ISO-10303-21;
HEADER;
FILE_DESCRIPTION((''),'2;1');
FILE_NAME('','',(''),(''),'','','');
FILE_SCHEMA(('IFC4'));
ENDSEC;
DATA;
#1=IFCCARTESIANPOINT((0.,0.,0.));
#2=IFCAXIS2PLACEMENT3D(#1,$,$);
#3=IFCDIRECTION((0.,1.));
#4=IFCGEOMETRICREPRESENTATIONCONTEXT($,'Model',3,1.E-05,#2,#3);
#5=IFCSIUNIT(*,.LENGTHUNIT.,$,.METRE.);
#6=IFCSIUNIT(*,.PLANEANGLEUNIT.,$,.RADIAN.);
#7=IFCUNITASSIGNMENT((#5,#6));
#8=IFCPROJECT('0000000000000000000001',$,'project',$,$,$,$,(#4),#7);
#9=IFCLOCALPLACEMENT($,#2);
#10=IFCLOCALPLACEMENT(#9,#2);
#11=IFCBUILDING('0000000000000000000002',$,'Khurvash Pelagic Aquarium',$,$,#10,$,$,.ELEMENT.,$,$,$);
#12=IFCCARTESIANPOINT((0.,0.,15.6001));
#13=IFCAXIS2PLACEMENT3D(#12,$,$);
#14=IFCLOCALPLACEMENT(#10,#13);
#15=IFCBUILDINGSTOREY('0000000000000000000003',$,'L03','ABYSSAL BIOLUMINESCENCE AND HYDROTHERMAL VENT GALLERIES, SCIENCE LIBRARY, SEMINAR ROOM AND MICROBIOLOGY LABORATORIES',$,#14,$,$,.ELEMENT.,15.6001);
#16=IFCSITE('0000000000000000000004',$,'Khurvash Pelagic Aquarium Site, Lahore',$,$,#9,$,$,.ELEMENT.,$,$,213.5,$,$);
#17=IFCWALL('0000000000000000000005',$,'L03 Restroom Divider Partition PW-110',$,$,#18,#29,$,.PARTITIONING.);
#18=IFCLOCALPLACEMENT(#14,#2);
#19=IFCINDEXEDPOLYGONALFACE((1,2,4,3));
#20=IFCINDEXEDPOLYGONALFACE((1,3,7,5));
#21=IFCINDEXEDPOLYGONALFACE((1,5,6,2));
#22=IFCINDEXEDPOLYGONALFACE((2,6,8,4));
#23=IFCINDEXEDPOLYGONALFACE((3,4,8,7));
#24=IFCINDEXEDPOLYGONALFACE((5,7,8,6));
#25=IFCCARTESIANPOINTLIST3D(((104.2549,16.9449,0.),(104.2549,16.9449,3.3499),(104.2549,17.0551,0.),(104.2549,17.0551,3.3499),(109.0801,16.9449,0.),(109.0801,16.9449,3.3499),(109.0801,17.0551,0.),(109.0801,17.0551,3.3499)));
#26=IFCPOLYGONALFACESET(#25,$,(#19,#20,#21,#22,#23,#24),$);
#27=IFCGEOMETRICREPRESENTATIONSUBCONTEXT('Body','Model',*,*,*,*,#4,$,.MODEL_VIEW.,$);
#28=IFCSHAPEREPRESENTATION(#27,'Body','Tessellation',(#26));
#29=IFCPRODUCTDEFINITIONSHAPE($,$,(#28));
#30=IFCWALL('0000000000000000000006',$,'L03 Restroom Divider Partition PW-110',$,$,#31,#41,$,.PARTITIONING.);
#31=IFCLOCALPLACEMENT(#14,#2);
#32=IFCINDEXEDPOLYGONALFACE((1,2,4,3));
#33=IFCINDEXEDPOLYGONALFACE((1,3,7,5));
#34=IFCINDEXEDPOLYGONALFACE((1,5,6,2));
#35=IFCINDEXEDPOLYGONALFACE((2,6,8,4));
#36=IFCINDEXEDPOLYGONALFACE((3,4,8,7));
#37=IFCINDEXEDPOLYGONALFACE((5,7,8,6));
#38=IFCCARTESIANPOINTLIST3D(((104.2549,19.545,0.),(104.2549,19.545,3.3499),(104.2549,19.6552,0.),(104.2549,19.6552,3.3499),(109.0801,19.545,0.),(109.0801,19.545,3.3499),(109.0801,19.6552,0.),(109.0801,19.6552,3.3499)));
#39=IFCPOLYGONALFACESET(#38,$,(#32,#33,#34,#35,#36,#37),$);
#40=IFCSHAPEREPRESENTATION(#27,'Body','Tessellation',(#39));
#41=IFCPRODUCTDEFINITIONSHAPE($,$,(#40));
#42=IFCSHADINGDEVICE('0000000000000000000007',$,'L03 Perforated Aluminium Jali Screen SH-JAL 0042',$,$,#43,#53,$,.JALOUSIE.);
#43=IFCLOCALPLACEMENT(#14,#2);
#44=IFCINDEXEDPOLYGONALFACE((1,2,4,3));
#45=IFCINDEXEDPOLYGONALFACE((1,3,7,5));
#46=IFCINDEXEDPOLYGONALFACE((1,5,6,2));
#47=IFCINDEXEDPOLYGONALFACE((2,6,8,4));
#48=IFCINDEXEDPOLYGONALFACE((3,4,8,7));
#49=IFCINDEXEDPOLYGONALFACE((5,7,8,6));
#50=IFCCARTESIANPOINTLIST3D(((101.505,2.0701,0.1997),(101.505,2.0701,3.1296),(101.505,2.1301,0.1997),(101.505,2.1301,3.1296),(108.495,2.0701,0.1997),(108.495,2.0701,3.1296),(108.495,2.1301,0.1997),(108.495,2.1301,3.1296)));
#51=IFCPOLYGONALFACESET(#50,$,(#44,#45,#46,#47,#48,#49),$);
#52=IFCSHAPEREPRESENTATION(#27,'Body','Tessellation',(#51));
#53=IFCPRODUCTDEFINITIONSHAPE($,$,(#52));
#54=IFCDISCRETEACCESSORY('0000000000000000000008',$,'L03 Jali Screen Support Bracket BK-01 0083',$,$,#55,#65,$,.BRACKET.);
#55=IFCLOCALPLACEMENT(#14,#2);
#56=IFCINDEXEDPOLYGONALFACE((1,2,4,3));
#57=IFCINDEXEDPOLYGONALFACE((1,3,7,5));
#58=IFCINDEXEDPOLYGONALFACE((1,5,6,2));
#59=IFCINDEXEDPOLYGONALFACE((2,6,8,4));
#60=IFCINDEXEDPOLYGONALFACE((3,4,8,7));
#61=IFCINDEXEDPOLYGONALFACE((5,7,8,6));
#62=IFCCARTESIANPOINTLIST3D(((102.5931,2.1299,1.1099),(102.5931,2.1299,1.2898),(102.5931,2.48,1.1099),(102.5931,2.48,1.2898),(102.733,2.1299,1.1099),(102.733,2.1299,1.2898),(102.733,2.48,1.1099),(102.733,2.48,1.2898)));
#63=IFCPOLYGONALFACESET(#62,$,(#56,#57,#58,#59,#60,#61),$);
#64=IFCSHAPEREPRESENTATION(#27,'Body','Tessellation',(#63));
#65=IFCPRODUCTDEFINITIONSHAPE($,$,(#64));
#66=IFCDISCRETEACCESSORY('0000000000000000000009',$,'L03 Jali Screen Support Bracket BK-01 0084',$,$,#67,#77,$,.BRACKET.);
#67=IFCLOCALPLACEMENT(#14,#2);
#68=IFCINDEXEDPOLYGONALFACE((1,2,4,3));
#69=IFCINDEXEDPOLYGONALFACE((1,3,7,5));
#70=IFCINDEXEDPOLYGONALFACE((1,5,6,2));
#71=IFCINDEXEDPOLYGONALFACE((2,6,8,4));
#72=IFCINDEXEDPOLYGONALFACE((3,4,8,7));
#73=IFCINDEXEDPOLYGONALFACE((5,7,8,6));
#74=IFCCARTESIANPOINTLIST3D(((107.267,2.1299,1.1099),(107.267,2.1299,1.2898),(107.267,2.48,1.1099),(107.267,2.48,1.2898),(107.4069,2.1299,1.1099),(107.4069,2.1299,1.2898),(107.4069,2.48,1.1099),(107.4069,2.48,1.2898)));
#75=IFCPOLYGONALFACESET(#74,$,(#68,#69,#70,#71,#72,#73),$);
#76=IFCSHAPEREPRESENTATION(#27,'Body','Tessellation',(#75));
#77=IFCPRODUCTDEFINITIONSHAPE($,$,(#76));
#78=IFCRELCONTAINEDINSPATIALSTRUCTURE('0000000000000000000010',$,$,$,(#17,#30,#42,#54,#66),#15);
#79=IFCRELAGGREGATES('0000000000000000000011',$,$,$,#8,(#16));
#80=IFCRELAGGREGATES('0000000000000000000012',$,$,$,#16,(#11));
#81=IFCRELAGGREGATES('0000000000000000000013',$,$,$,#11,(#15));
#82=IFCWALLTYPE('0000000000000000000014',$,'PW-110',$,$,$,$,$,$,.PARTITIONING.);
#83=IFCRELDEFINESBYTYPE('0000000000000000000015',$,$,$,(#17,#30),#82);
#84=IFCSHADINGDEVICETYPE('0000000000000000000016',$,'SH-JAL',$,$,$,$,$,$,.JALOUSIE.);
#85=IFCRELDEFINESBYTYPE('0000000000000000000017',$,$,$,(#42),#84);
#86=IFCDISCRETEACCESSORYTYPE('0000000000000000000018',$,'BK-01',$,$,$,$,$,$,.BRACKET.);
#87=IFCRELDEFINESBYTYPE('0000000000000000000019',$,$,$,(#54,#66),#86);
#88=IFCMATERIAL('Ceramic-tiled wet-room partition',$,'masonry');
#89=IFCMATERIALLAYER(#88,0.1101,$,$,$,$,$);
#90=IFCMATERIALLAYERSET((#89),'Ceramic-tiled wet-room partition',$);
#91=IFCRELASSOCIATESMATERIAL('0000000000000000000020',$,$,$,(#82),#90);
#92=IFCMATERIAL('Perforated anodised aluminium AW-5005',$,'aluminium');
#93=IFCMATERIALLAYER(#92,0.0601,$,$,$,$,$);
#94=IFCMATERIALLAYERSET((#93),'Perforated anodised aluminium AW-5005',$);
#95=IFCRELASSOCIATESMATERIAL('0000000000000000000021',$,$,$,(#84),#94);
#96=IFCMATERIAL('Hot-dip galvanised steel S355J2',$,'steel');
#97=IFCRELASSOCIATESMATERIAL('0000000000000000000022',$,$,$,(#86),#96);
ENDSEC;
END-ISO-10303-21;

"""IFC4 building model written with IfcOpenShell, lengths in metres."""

from ifc_helpers import new_model, si_unit, direction, frame, frame_2d, origin, origin_2d, place, context, subcontext, project, spatial, rectangle, extrude, material, layer, layer_set, type_object, element, save


model = new_model("IFC4")

# Units and contexts
model_context = context("Model", 3, precision=1e-05, world=origin(), true_north=direction((0.0, 1.0)))
body_context = subcontext(model_context, "Body", "Model", "MODEL_VIEW")
ifc_project = project(units=[si_unit("LENGTHUNIT", "METRE"), si_unit("PLANEANGLEUNIT", "RADIAN")], contexts=[model_context])

# Site, building, storey
site_placement = place(None, origin())
site = spatial("IfcSite", under=ifc_project, at=site_placement, Name="Khurvash Pelagic Aquarium Site, Lahore", CompositionType="ELEMENT", RefElevation=213.5)
building_placement = place(site_placement, origin())
building = spatial("IfcBuilding", under=site, at=building_placement, Name="Khurvash Pelagic Aquarium", CompositionType="ELEMENT")
storey_placement = place(building_placement, frame((0.0, 0.0, 15.6001)))
storey = spatial("IfcBuildingStorey", under=building, at=storey_placement, Name="L03", Description="ABYSSAL BIOLUMINESCENCE AND HYDROTHERMAL VENT GALLERIES, SCIENCE LIBRARY, SEMINAR ROOM AND MICROBIOLOGY LABORATORIES", CompositionType="ELEMENT", Elevation=15.6001)

# Shared definitions
ifc_material_1 = material(Name="Ceramic-tiled wet-room partition", Category="masonry")
ifc_layer_1 = layer(ifc_material_1, 0.1101)
ifc_layer_set_1 = layer_set([ifc_layer_1], Name="Ceramic-tiled wet-room partition")
wall_type_1 = type_object("IfcWallType", Name="PW-110", PredefinedType="PARTITIONING", material=ifc_layer_set_1)

# Walls
for number, where, z_axis, x_axis, name in (
    (1, (104.2549, 17.0, 0.0), (0.0, 0.0, 1.0), (1.0, 0.0, 0.0), "L03 Restroom Divider Partition PW-110"),
    (2, (104.2549, 19.6001, 0.0), (0.0, 0.0, 1.0), (1.0, 0.0, 0.0), "L03 Restroom Divider Partition PW-110"),
):
    element("IfcWall", number, at=place(storey_placement, frame(where, z_axis=z_axis, x_axis=x_axis)), inside=storey, type_object=wall_type_1, Name=name, PredefinedType="PARTITIONING", context=body_context, shape_type="SweptSolid", body=[
        extrude(rectangle(XDim=4.8252, YDim=0.1101, at=frame_2d((2.4126, 0.0))), origin(), (0.0, 0.0, 1.0), 3.3499),
    ])

# Shading device
ifc_material_2 = material(Name="Perforated anodised aluminium AW-5005", Category="aluminium")
ifc_layer_2 = layer(ifc_material_2, 0.0601)
ifc_layer_set_2 = layer_set([ifc_layer_2], Name="Perforated anodised aluminium AW-5005")
shading_device_type = type_object("IfcShadingDeviceType", Name="SH-JAL", PredefinedType="JALOUSIE", material=ifc_layer_set_2)
shading_device_placement = place(storey_placement, frame((105.0, 2.1001, 0.1997), z_axis=(0.0, 0.0, 1.0), x_axis=(1.0, 0.0, 0.0)))
element("IfcShadingDevice", 3, at=shading_device_placement, inside=storey, type_object=shading_device_type, Name="L03 Perforated Aluminium Jali Screen SH-JAL 0042", PredefinedType="JALOUSIE", context=body_context, shape_type="SweptSolid", body=[
    extrude(rectangle(XDim=6.99, YDim=0.0601, at=origin_2d()), origin(), (0.0, 0.0, 1.0), 2.9299),
])

# Discrete accessories
ifc_material_3 = material(Name="Hot-dip galvanised steel S355J2", Category="steel")
discrete_accessory_type = type_object("IfcDiscreteAccessoryType", Name="BK-01", PredefinedType="BRACKET", material=ifc_material_3)
for number, where, z_axis, x_axis, name in (
    (4, (102.6631, 2.3049, 1.1099), (0.0, 0.0, 1.0), (1.0, 0.0, 0.0), "L03 Jali Screen Support Bracket BK-01 0083"),
    (5, (107.3369, 2.3049, 1.1099), (0.0, 0.0, 1.0), (1.0, 0.0, 0.0), "L03 Jali Screen Support Bracket BK-01 0084"),
):
    element("IfcDiscreteAccessory", number, at=place(storey_placement, frame(where, z_axis=z_axis, x_axis=x_axis)), inside=storey, type_object=discrete_accessory_type, Name=name, PredefinedType="BRACKET", context=body_context, shape_type="SweptSolid", body=[
        extrude(rectangle(XDim=0.1399, YDim=0.3501, at=origin_2d()), origin(), (0.0, 0.0, 1.0), 0.1799),
    ])

save(model, "model.ifc")
